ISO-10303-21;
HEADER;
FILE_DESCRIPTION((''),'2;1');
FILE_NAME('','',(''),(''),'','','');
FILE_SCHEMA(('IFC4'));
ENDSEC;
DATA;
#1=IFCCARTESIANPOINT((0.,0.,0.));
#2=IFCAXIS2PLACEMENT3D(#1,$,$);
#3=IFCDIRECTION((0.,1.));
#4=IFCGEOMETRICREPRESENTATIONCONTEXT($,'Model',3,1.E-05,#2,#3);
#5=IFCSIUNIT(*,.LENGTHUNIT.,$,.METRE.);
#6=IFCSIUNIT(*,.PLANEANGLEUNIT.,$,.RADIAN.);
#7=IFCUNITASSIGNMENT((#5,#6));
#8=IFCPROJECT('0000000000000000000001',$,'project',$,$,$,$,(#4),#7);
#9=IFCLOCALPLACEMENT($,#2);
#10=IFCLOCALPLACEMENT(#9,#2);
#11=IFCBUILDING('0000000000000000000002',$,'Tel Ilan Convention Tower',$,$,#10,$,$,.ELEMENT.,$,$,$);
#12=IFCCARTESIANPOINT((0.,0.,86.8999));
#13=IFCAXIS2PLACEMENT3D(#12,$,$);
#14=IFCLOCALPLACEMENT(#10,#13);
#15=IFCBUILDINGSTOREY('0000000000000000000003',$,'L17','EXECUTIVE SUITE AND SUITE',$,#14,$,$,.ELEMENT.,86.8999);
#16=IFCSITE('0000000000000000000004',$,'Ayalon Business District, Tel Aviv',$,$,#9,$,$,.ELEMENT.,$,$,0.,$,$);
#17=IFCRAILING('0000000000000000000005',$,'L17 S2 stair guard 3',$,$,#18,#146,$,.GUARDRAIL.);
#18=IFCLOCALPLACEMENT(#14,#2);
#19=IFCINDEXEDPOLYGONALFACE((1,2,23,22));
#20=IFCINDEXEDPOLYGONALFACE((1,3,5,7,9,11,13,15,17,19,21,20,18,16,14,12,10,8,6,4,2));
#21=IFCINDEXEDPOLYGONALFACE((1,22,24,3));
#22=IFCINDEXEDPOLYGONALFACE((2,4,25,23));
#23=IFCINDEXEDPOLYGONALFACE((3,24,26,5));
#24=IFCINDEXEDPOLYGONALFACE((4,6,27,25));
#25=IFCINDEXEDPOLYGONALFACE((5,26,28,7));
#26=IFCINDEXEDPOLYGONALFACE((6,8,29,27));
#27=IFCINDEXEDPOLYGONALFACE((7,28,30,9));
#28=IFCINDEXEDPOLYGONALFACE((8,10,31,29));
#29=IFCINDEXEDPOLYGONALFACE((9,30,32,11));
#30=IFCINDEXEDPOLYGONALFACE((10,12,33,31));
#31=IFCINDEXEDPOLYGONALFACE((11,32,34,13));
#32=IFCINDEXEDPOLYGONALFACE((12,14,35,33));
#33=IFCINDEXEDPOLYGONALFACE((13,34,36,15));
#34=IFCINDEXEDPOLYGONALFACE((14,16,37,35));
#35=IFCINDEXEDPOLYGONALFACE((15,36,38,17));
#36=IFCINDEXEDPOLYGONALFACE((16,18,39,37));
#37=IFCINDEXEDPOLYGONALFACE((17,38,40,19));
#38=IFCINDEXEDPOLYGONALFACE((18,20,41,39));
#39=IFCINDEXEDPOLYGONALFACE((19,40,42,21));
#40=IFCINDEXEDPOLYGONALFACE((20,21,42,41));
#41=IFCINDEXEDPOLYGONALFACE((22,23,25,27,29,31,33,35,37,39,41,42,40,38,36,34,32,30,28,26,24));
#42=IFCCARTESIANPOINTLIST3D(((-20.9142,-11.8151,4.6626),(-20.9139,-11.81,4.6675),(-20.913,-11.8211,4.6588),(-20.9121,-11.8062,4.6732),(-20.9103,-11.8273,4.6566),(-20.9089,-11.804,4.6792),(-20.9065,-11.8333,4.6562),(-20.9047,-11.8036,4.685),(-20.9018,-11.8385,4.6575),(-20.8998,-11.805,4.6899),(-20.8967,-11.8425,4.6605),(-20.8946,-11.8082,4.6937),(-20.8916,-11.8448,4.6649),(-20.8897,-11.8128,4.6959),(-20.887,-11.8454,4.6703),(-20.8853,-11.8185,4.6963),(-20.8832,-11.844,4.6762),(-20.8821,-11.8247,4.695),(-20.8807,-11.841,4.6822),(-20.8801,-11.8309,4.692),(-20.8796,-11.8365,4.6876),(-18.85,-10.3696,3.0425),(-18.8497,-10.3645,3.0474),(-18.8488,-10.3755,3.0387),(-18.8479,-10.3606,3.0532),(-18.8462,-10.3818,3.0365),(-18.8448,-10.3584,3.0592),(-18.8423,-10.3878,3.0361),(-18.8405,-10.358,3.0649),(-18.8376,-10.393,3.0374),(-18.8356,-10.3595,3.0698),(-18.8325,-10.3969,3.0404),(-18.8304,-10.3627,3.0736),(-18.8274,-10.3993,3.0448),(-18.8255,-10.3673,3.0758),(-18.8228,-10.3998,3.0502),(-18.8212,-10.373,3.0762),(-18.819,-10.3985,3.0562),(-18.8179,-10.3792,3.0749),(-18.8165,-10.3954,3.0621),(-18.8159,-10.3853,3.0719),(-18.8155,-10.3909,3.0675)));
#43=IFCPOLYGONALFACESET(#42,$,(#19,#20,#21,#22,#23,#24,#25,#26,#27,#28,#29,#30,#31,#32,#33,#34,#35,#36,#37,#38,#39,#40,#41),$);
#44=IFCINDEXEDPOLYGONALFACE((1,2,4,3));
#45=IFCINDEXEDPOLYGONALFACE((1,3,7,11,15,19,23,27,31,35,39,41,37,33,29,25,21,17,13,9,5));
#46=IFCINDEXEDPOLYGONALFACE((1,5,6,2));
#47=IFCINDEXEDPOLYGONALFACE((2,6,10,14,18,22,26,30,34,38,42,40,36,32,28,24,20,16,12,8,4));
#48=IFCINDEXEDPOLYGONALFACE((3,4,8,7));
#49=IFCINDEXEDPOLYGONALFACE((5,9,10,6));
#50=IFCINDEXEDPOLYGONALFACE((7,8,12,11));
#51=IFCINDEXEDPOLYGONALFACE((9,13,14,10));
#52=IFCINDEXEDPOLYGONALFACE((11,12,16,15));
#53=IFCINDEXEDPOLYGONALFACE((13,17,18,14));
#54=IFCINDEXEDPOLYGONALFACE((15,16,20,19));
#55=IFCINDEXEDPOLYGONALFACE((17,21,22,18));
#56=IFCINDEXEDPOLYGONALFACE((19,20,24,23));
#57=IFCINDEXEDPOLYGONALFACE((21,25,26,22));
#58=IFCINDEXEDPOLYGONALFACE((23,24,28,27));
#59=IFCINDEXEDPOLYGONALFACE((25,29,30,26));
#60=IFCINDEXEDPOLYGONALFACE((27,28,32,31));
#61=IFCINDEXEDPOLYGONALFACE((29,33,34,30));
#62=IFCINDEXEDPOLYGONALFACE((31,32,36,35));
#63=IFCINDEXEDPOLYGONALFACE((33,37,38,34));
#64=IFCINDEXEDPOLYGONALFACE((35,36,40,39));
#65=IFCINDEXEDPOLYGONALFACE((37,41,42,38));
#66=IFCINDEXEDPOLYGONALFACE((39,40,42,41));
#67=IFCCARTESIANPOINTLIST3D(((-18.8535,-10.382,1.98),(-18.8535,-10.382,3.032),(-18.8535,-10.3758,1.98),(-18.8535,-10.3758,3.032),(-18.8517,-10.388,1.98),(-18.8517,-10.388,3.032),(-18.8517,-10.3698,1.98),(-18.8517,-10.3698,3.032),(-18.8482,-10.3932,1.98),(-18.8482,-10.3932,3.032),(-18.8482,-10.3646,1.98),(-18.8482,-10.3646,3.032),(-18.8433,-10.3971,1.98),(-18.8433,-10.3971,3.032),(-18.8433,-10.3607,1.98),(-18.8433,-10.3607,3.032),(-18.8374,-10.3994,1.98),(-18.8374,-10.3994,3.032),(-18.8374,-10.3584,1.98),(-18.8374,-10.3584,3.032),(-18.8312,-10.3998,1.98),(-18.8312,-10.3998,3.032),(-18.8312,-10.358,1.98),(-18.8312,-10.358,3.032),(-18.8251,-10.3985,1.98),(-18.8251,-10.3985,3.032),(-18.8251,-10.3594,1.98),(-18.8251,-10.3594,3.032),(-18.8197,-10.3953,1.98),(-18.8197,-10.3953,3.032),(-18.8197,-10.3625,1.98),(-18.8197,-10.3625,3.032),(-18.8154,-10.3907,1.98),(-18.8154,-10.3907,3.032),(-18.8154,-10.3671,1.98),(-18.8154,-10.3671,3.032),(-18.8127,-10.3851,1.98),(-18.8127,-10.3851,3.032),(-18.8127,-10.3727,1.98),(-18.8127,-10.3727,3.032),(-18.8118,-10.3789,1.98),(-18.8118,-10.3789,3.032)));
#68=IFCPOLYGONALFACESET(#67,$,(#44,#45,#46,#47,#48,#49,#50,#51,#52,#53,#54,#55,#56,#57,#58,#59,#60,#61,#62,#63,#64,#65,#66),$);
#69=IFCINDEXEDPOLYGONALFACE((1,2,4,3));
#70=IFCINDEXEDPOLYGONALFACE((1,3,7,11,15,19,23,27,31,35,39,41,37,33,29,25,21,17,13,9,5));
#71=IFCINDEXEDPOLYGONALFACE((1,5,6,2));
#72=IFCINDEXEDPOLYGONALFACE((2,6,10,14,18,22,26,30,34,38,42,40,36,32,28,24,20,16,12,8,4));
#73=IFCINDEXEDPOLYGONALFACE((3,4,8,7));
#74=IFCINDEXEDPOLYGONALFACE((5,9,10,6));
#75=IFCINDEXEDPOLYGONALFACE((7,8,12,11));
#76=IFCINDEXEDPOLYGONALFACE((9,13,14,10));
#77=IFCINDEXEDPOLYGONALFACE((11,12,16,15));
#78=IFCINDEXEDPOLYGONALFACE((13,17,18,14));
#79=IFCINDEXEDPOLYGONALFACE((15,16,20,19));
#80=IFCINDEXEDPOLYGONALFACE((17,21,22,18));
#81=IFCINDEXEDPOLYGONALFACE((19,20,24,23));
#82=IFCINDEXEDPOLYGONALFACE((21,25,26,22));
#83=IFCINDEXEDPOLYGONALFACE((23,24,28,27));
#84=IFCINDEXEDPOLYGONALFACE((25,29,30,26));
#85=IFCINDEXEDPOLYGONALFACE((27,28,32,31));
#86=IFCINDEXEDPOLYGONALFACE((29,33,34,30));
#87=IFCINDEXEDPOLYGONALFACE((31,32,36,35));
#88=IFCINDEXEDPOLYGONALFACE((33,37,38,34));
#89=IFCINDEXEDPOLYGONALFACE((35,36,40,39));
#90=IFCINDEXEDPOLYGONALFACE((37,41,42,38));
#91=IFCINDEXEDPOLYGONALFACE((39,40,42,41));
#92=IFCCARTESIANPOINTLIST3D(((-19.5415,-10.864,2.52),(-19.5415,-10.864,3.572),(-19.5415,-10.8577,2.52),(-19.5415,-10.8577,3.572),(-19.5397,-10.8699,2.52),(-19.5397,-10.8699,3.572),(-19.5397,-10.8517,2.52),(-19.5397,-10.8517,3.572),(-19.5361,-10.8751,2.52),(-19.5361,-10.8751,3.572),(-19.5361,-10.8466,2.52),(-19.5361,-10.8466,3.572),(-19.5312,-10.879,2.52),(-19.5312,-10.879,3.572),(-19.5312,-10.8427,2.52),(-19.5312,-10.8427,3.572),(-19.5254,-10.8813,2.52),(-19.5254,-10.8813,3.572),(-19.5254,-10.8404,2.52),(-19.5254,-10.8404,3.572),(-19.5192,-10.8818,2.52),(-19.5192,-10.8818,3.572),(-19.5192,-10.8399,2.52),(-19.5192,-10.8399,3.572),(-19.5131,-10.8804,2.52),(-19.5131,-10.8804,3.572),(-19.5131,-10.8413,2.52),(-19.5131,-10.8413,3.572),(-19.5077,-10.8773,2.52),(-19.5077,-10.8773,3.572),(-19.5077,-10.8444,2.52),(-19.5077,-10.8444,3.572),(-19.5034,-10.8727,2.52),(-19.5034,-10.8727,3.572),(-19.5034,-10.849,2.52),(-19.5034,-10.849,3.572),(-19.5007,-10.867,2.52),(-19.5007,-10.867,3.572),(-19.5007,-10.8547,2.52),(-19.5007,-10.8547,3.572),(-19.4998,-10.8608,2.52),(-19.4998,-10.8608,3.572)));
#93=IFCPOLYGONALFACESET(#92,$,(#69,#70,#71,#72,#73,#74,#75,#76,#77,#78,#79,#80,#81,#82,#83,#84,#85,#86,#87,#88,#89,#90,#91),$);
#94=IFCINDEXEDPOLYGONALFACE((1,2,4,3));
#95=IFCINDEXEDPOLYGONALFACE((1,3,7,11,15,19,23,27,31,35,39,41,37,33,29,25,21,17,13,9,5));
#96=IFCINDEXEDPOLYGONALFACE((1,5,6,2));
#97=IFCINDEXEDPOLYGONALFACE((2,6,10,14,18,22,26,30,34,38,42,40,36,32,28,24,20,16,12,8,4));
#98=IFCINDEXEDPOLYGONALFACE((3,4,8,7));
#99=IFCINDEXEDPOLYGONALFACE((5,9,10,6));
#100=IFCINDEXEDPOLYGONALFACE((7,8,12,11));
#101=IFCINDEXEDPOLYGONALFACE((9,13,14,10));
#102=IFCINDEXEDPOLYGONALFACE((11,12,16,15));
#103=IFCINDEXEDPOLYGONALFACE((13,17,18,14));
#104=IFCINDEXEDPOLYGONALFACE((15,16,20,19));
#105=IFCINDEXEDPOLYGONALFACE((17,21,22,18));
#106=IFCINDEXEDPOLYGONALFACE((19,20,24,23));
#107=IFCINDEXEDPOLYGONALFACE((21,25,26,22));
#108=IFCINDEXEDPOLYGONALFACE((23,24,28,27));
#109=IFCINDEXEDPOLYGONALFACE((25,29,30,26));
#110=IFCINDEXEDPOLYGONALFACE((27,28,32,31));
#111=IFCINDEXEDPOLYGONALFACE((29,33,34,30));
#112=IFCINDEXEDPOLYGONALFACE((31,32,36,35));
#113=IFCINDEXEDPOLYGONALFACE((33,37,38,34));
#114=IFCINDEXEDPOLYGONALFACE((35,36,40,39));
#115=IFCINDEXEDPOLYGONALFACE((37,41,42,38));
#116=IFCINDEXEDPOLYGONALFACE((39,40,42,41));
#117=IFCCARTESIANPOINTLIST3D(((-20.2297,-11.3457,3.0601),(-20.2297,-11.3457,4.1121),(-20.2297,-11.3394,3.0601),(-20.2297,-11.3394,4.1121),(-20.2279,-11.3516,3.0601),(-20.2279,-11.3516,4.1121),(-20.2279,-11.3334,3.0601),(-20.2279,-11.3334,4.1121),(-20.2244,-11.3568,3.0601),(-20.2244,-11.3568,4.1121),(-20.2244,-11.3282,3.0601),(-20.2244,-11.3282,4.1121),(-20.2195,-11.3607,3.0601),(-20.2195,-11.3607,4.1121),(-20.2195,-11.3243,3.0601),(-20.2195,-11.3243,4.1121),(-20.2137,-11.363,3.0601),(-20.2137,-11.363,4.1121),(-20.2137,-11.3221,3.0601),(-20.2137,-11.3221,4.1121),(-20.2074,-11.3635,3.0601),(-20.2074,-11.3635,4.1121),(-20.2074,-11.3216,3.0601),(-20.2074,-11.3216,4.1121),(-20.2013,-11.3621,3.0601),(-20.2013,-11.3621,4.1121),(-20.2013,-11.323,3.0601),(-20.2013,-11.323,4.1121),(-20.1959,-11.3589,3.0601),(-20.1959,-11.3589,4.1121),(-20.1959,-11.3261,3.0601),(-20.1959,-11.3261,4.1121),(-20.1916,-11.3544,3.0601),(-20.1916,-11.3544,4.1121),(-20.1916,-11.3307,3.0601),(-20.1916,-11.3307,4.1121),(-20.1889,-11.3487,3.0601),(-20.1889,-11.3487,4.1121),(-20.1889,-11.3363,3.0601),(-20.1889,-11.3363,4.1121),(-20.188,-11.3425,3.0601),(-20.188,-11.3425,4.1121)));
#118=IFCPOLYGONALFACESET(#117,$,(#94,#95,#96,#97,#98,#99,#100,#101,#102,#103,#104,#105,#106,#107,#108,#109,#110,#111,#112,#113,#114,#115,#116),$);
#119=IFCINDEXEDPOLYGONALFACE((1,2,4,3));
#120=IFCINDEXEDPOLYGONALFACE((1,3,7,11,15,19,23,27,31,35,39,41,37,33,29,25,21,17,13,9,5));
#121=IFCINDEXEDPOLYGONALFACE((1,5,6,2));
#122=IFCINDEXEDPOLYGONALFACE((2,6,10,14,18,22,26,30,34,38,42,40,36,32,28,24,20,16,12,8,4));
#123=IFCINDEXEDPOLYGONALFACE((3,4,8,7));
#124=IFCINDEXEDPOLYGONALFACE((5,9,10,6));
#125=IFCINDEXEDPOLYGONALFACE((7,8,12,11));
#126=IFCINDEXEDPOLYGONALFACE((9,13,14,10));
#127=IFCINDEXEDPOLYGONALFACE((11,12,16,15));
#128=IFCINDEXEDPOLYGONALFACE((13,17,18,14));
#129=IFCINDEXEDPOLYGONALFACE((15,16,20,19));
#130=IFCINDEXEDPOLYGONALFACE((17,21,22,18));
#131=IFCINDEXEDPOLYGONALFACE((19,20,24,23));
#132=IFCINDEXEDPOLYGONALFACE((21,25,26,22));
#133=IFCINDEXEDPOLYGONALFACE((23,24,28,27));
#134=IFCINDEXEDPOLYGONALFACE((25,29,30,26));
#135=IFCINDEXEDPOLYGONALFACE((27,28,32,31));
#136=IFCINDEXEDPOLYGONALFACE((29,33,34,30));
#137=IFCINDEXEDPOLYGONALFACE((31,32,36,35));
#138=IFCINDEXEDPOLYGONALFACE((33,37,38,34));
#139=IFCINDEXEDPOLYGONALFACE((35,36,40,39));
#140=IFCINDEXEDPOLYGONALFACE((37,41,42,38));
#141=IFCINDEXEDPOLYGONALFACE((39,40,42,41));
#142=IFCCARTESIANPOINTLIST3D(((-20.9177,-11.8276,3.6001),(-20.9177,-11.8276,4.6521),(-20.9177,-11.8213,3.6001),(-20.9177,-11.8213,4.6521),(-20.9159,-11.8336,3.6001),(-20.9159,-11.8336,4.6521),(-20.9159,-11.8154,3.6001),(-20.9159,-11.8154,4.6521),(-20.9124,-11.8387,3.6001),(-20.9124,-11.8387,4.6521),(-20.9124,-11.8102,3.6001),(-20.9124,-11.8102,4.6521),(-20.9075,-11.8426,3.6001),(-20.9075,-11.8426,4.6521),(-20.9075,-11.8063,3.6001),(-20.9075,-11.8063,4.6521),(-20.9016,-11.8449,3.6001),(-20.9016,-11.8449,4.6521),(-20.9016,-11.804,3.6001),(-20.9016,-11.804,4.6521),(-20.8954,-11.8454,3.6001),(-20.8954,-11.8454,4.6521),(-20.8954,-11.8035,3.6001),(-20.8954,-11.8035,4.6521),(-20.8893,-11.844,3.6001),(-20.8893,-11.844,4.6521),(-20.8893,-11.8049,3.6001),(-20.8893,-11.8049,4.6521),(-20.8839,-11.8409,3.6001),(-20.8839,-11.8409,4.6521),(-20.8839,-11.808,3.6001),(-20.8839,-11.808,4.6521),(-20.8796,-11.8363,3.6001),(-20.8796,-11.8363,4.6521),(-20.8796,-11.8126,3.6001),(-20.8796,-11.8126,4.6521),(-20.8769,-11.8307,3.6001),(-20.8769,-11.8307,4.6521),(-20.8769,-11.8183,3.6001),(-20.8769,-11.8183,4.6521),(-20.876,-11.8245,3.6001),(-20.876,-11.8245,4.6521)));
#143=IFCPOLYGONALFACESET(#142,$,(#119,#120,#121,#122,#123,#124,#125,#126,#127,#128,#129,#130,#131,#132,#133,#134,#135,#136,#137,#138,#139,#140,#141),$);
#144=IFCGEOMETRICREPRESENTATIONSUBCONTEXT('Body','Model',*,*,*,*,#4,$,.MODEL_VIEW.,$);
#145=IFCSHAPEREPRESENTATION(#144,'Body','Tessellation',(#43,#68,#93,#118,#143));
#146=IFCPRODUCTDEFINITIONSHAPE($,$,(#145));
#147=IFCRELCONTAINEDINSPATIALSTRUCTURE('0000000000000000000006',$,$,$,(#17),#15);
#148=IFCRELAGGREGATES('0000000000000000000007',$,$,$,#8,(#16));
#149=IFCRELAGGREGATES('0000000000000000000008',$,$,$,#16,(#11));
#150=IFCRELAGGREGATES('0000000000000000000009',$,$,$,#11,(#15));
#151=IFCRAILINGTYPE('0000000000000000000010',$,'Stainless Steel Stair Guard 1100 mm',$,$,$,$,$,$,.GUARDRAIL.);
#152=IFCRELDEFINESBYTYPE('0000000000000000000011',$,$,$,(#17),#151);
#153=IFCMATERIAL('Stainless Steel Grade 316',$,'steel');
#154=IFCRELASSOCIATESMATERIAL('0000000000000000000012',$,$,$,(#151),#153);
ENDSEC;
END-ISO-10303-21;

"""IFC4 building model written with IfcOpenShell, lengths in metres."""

from ifc_helpers import new_model, si_unit, direction, frame, origin, origin_2d, place, context, subcontext, project, spatial, circle, extrude, material, type_object, element, save


model = new_model("IFC4")

# Units and contexts
model_context = context("Model", 3, precision=1e-05, world=origin(), true_north=direction((0.0, 1.0)))
body_context = subcontext(model_context, "Body", "Model", "MODEL_VIEW")
ifc_project = project(units=[si_unit("LENGTHUNIT", "METRE"), si_unit("PLANEANGLEUNIT", "RADIAN")], contexts=[model_context])

# Site, building, storey
site_placement = place(None, origin())
site = spatial("IfcSite", under=ifc_project, at=site_placement, Name="Ayalon Business District, Tel Aviv", CompositionType="ELEMENT", RefElevation=0.0)
building_placement = place(site_placement, origin())
building = spatial("IfcBuilding", under=site, at=building_placement, Name="Tel Ilan Convention Tower", CompositionType="ELEMENT")
storey_placement = place(building_placement, frame((0.0, 0.0, 86.8999)))
storey = spatial("IfcBuildingStorey", under=building, at=storey_placement, Name="L17", Description="EXECUTIVE SUITE AND SUITE", CompositionType="ELEMENT", Elevation=86.8999)

# Railing
ifc_material_1 = material(Name="Stainless Steel Grade 316", Category="steel")
railing_type_1 = type_object("IfcRailingType", Name="Stainless Steel Stair Guard 1100 mm", PredefinedType="GUARDRAIL", material=ifc_material_1)
railing_1_placement = place(storey_placement, frame((-18.8328, -10.3789, 1.98)))
element("IfcRailing", 1, at=railing_1_placement, inside=storey, type_object=railing_type_1, Name="L17 S2 stair guard 3", PredefinedType="GUARDRAIL", context=body_context, shape_type="SweptSolid", body=[
    extrude(circle(Radius=0.0239, at=origin_2d()), frame((0.0, 0.0, 1.0762), z_axis=(-0.689013, -0.482513, 0.540779), x_axis=(0.573625, -0.819118, 0.0)), (0.0, 0.0, 1.0), 2.9958),
    extrude(circle(Radius=0.021, at=origin_2d()), origin(), (0.0, 0.0, 1.0), 1.052),
    extrude(circle(Radius=0.021, at=origin_2d()), frame((-0.688, -0.4819, 0.54)), (0.0, 0.0, 1.0), 1.052),
    extrude(circle(Radius=0.021, at=origin_2d()), frame((-1.3762, -0.9636, 1.0801)), (0.0, 0.0, 1.0), 1.052),
    extrude(circle(Radius=0.021, at=origin_2d()), frame((-2.0642, -1.4456, 1.6201)), (0.0, 0.0, 1.0), 1.052),
])

save(model, "model.ifc")
